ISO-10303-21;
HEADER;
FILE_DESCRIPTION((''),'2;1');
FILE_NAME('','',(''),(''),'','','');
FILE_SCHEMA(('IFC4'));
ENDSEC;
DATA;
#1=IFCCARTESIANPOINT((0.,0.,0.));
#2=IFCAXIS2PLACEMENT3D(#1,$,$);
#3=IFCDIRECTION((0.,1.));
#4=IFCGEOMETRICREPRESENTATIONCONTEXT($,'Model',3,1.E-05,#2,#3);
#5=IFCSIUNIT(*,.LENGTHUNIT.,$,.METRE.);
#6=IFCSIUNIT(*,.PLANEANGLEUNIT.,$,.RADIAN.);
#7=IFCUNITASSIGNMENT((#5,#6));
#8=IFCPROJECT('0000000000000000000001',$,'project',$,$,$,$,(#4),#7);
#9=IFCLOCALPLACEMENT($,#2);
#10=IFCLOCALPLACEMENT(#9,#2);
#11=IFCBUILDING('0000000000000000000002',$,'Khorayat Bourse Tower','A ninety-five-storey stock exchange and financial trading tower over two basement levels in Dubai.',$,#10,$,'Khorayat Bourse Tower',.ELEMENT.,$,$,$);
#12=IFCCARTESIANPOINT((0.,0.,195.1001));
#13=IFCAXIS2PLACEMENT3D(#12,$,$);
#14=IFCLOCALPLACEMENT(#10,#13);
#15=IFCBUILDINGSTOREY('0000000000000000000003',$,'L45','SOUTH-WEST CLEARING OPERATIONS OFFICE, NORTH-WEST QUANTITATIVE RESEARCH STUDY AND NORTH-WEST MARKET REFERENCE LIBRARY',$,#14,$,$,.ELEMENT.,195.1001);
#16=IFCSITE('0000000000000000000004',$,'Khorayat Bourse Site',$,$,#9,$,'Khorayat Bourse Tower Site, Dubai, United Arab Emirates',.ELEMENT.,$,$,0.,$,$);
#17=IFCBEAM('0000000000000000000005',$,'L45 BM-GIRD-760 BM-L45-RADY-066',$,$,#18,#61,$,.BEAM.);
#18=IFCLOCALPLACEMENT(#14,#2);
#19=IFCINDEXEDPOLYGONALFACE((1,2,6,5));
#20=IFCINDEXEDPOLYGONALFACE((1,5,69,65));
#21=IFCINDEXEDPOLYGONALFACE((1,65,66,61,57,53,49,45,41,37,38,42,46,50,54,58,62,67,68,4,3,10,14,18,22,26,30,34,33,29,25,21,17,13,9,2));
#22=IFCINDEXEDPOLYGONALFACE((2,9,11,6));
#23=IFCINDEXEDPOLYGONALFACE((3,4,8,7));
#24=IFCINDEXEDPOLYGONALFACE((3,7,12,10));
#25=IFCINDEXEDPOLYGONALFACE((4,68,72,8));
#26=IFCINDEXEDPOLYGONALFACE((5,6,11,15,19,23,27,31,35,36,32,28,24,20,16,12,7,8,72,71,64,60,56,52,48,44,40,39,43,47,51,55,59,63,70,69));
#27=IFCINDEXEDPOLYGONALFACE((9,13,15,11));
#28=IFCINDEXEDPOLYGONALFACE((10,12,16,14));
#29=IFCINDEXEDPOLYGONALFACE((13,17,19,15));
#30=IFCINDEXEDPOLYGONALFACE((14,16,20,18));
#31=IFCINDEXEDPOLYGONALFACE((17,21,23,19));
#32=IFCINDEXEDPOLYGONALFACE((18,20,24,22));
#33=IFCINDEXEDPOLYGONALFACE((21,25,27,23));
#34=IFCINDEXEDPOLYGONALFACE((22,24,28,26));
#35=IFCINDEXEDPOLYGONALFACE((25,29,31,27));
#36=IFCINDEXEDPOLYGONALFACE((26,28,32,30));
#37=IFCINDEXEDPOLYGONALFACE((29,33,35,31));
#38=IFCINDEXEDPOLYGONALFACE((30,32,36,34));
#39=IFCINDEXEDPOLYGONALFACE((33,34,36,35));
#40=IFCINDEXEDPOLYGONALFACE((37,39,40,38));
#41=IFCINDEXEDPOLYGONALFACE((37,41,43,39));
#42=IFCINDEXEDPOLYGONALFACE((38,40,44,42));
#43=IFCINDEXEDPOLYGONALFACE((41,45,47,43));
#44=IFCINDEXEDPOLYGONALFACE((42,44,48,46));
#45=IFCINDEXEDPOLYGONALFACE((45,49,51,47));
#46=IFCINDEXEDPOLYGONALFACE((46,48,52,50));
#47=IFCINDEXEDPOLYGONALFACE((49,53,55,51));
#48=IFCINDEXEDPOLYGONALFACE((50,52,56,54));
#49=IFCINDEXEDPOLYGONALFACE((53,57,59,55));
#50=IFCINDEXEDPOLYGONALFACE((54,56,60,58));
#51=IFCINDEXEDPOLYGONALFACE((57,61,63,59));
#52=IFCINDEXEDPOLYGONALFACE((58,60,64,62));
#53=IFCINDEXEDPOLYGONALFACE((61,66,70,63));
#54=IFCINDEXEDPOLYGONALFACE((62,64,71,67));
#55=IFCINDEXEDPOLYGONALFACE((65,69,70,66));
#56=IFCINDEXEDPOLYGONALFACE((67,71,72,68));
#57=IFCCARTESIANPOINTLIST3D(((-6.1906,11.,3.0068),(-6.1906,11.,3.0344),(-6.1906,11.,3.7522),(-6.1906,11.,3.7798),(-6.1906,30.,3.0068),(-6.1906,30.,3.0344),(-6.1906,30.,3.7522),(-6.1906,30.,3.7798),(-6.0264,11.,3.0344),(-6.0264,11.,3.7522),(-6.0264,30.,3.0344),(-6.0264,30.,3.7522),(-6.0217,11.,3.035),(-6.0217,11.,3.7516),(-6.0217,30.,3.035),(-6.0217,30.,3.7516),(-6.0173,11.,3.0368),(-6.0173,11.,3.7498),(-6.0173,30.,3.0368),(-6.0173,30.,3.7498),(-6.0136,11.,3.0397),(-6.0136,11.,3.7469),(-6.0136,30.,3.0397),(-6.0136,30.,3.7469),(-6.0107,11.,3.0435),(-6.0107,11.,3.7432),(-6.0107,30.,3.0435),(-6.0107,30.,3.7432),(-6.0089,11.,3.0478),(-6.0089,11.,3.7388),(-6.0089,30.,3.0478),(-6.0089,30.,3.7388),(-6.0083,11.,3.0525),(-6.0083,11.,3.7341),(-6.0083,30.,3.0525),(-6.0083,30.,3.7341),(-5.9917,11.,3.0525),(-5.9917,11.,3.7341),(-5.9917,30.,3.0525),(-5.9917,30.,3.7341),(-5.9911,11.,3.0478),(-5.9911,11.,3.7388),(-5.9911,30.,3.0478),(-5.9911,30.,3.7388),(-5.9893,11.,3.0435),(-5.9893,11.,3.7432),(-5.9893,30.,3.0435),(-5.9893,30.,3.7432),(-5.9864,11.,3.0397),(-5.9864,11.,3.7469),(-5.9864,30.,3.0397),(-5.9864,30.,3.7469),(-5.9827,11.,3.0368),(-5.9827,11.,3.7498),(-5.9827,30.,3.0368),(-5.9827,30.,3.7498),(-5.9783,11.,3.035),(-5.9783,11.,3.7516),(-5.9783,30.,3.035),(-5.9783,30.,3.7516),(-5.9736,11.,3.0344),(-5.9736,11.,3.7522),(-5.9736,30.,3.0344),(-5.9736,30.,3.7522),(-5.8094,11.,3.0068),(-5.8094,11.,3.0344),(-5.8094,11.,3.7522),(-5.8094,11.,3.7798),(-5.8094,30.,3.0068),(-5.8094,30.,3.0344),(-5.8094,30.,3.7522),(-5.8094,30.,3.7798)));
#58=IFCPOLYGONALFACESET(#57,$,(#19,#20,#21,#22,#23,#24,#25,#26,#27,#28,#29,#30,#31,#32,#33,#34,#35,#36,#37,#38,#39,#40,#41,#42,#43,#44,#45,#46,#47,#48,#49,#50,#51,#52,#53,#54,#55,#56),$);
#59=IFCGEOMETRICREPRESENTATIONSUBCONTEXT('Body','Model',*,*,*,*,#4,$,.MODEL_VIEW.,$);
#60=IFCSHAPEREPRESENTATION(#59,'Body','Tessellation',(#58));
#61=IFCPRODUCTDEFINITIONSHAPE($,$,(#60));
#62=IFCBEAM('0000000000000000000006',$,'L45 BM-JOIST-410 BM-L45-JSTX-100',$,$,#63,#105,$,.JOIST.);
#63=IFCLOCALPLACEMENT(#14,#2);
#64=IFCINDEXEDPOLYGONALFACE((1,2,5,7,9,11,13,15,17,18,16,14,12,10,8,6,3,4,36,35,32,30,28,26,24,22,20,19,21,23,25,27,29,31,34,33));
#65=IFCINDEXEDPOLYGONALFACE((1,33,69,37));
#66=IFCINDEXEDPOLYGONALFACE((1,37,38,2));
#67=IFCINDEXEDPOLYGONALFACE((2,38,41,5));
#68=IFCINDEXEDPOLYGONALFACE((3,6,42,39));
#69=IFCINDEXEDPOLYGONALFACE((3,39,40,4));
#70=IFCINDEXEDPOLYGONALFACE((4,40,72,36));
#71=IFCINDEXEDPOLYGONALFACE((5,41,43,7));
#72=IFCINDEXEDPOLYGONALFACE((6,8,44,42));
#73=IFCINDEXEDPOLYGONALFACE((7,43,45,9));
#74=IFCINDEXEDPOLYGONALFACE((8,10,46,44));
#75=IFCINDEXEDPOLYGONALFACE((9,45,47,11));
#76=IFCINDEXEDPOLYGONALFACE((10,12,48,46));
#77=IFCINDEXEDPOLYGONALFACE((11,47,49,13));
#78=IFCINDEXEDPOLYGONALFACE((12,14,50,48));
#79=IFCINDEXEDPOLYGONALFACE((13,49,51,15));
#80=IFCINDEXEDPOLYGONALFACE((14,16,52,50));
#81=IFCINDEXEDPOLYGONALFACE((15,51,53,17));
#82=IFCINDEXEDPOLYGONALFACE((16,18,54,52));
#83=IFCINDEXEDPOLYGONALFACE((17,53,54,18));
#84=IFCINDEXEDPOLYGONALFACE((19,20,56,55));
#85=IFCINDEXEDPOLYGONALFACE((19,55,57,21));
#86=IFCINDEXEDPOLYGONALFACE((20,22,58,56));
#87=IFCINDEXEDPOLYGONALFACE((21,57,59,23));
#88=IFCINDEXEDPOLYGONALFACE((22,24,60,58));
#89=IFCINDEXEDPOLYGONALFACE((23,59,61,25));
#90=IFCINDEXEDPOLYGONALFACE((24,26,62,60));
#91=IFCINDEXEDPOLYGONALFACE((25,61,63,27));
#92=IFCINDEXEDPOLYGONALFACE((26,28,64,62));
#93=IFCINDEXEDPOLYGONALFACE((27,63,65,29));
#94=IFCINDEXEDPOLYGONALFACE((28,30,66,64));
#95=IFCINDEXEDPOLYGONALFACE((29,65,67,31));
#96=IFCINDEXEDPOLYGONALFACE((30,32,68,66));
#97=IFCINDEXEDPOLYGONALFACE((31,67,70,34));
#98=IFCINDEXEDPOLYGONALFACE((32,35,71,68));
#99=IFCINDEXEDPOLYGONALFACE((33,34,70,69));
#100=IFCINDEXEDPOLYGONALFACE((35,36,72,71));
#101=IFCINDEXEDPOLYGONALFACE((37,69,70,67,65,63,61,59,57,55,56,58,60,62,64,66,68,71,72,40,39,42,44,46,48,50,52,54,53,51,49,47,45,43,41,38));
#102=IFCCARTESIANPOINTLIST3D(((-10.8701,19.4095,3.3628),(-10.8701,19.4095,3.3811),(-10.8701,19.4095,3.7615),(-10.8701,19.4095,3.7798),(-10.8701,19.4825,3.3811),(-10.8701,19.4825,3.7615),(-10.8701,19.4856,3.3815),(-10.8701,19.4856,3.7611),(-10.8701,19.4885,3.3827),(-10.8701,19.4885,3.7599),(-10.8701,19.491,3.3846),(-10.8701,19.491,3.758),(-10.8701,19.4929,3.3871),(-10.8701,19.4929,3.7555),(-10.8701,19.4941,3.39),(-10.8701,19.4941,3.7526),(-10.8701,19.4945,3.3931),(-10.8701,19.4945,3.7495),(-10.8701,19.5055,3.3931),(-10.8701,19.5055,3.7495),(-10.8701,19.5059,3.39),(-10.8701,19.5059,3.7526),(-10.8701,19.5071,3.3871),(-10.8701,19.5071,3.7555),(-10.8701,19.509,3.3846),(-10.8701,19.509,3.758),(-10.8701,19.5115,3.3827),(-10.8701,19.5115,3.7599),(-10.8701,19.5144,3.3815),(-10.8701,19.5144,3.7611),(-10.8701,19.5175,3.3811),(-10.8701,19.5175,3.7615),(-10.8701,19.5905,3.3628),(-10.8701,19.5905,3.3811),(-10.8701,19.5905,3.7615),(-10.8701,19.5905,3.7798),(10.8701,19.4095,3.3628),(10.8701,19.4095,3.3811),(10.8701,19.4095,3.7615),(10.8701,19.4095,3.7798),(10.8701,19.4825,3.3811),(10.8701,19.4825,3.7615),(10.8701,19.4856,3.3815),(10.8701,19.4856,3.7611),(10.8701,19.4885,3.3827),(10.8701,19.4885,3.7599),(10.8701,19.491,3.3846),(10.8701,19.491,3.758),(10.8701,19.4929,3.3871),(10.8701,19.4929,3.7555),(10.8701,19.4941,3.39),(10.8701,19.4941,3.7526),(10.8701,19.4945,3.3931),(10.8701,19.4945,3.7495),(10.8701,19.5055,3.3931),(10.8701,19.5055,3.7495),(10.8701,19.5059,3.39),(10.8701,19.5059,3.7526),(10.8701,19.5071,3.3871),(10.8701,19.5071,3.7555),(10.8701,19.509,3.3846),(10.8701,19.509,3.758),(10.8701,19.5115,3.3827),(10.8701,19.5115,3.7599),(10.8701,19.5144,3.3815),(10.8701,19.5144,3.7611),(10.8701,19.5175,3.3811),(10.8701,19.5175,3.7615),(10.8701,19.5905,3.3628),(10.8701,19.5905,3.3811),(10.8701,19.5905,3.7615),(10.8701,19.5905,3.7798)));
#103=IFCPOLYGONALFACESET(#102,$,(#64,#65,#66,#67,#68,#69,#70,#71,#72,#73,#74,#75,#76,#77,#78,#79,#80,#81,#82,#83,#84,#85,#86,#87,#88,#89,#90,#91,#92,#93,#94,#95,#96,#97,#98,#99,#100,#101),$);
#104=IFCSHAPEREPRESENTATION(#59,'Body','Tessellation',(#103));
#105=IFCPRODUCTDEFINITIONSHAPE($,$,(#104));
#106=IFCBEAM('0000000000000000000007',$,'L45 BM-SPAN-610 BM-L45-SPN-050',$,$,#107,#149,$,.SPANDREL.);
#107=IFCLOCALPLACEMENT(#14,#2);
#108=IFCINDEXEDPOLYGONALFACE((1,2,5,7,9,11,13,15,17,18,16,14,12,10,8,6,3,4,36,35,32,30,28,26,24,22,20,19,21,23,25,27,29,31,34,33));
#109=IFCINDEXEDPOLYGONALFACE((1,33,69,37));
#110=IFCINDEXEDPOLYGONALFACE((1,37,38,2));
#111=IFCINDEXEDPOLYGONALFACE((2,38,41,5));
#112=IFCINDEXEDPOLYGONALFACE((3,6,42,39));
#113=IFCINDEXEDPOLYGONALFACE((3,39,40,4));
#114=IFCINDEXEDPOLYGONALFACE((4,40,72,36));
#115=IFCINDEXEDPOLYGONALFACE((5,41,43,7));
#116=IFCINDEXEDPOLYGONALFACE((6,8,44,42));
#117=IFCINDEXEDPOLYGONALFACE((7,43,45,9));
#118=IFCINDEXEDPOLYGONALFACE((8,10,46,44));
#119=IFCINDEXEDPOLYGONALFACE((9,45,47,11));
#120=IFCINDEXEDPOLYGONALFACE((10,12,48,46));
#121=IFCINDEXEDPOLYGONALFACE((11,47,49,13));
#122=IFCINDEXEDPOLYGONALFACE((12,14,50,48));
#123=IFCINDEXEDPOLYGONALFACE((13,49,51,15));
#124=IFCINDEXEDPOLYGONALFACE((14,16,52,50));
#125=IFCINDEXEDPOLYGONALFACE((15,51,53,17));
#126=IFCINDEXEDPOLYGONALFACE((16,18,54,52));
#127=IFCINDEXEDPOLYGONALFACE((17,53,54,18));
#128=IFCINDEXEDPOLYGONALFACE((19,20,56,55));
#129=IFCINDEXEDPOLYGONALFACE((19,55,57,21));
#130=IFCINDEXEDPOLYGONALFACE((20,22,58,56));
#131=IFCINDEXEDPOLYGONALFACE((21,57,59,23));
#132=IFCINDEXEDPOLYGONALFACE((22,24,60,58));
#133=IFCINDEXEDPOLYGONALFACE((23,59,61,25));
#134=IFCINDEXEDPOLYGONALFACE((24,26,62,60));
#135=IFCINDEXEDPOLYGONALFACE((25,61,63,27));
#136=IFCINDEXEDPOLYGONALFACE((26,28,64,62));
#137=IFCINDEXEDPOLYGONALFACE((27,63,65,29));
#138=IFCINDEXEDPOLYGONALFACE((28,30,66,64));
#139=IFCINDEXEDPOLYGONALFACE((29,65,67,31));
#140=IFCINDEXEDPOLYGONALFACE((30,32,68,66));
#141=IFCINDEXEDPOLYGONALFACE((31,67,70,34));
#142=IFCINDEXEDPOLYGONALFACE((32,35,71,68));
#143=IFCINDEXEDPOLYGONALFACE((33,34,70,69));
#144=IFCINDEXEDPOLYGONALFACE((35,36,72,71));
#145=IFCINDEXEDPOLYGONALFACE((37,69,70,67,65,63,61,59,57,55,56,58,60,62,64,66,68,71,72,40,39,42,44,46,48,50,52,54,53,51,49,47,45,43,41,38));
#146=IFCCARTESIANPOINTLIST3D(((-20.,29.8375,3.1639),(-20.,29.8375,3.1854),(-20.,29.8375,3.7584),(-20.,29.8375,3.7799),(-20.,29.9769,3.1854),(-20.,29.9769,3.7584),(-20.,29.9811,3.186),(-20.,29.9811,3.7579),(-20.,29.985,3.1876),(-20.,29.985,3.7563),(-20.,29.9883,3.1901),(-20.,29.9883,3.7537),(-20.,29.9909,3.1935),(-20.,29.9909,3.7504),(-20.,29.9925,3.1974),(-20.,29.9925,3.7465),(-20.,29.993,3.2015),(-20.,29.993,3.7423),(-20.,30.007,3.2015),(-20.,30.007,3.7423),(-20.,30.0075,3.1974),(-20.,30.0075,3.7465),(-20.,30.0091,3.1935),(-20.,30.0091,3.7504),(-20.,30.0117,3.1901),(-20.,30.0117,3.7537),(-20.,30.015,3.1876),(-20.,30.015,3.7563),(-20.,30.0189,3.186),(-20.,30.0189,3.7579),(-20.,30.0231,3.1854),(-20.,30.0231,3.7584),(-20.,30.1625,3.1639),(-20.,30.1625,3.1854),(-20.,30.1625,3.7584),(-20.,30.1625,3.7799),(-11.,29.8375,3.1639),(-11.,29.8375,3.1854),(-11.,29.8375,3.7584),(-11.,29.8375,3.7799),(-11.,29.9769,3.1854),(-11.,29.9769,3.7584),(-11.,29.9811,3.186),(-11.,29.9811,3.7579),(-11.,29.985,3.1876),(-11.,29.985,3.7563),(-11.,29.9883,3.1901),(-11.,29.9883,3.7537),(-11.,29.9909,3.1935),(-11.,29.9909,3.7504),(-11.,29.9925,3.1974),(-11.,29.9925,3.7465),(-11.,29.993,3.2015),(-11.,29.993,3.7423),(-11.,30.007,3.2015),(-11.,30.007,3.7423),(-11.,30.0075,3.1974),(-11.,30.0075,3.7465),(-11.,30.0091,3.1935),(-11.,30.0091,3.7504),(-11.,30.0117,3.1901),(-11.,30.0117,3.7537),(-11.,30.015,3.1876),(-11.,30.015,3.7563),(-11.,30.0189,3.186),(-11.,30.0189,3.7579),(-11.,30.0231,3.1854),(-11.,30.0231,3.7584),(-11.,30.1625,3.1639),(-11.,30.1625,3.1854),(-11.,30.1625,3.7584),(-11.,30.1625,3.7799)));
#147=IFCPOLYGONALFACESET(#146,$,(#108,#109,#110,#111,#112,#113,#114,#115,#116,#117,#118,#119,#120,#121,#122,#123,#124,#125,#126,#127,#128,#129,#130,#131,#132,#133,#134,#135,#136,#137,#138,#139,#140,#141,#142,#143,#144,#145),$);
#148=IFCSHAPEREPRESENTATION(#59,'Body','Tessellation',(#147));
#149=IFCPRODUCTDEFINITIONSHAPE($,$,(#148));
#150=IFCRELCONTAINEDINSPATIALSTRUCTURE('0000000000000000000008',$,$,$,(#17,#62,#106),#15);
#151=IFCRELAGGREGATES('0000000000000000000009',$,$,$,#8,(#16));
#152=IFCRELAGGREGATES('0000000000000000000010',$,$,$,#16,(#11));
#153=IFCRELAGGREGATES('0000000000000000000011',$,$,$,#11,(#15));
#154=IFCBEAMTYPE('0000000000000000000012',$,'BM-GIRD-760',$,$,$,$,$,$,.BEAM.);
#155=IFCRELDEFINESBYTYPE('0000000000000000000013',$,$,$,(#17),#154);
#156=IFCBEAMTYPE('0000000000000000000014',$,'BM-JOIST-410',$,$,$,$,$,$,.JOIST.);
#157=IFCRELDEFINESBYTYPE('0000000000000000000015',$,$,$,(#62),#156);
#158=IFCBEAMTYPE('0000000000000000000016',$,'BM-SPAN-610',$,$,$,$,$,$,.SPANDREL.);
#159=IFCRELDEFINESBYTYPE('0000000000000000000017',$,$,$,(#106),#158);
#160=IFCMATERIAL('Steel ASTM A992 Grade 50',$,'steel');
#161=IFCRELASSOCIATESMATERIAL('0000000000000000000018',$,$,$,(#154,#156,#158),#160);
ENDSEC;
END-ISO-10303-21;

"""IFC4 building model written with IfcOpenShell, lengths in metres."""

from ifc_helpers import new_model, si_unit, direction, frame, origin, origin_2d, place, context, subcontext, project, spatial, i_section, extrude, source, transform, mapped, material, material_profile, profile_set, type_object, element, save


model = new_model("IFC4")

# Units and contexts
model_context = context("Model", 3, precision=1e-05, world=origin(), true_north=direction((0.0, 1.0)))
body_context = subcontext(model_context, "Body", "Model", "MODEL_VIEW")
ifc_project = project(units=[si_unit("LENGTHUNIT", "METRE"), si_unit("PLANEANGLEUNIT", "RADIAN")], contexts=[model_context])

# Site, building, storey
site_placement = place(None, origin())
site = spatial("IfcSite", under=ifc_project, at=site_placement, Name="Khorayat Bourse Site", LongName="Khorayat Bourse Tower Site, Dubai, United Arab Emirates", CompositionType="ELEMENT", RefElevation=0.0)
building_placement = place(site_placement, origin())
building = spatial("IfcBuilding", under=site, at=building_placement, Name="Khorayat Bourse Tower", Description="A ninety-five-storey stock exchange and financial trading tower over two basement levels in Dubai.", LongName="Khorayat Bourse Tower", CompositionType="ELEMENT")
storey_placement = place(building_placement, frame((0.0, 0.0, 195.1001)))
storey = spatial("IfcBuildingStorey", under=building, at=storey_placement, Name="L45", Description="SOUTH-WEST CLEARING OPERATIONS OFFICE, NORTH-WEST QUANTITATIVE RESEARCH STUDY AND NORTH-WEST MARKET REFERENCE LIBRARY", CompositionType="ELEMENT", Elevation=195.1001)

# Beams
ifc_material_1 = material(Name="Steel ASTM A992 Grade 50", Category="steel")
ifc_material_profile_1 = material_profile(ifc_material_1, i_section(OverallWidth=0.3811, OverallDepth=0.7729, WebThickness=0.0166, FlangeThickness=0.0276, FilletRadius=0.0181, at=origin_2d()), Name="W760X257")
ifc_profile_set_1 = profile_set([ifc_material_profile_1], Name="Steel ASTM A992 Grade 50")
beam_type_1 = type_object("IfcBeamType", Name="BM-GIRD-760", PredefinedType="BEAM", material=ifc_profile_set_1)
shared_shape_1 = source(origin(), body_context, "Body", "SweptSolid", [
    extrude(i_section(OverallWidth=0.3811, OverallDepth=0.7729, WebThickness=0.0166, FlangeThickness=0.0276, FilletRadius=0.0181, at=origin_2d()), origin(), (0.0, 0.0, 1.0), 19.0),
])
for number, where, z_axis, x_axis, name in (
    (1, (-6.0, 11.0, 3.3933), (0.0, 1.0, 0.0), (-1.0, 0.0, 0.0), "L45 BM-GIRD-760 BM-L45-RADY-066"),
):
    element("IfcBeam", number, at=place(storey_placement, frame(where, z_axis=z_axis, x_axis=x_axis)), inside=storey, type_object=beam_type_1, Name=name, PredefinedType="BEAM", context=body_context, shape_type="MappedRepresentation", body=[
        mapped(shared_shape_1, transform((0.0, 0.0, 0.0), scale=1.0)),
    ])
ifc_material_profile_2 = material_profile(ifc_material_1, i_section(OverallWidth=0.1809, OverallDepth=0.417, WebThickness=0.011, FlangeThickness=0.0183, FilletRadius=0.012, at=origin_2d()), Name="W410X85")
ifc_profile_set_2 = profile_set([ifc_material_profile_2], Name="Steel ASTM A992 Grade 50")
beam_type_2 = type_object("IfcBeamType", Name="BM-JOIST-410", PredefinedType="JOIST", material=ifc_profile_set_2)
shared_shape_2 = source(origin(), body_context, "Body", "SweptSolid", [
    extrude(i_section(OverallWidth=0.1809, OverallDepth=0.417, WebThickness=0.011, FlangeThickness=0.0183, FilletRadius=0.012, at=origin_2d()), origin(), (0.0, 0.0, 1.0), 21.7402),
])
beam_1_placement = place(storey_placement, frame((-10.8701, 19.5, 3.5713), z_axis=(1.0, 0.0, 0.0), x_axis=(0.0, 1.0, 0.0)))
element("IfcBeam", 2, at=beam_1_placement, inside=storey, type_object=beam_type_2, Name="L45 BM-JOIST-410 BM-L45-JSTX-100", PredefinedType="JOIST", context=body_context, shape_type="MappedRepresentation", body=[
    mapped(shared_shape_2, transform((0.0, 0.0, 0.0), scale=1.0)),
])
ifc_material_profile_3 = material_profile(ifc_material_1, i_section(OverallWidth=0.325, OverallDepth=0.616, WebThickness=0.0139, FlangeThickness=0.0215, FilletRadius=0.0161, at=origin_2d()), Name="W610X174")
ifc_profile_set_3 = profile_set([ifc_material_profile_3], Name="Steel ASTM A992 Grade 50")
beam_type_3 = type_object("IfcBeamType", Name="BM-SPAN-610", PredefinedType="SPANDREL", material=ifc_profile_set_3)
shared_shape_3 = source(origin(), body_context, "Body", "SweptSolid", [
    extrude(i_section(OverallWidth=0.325, OverallDepth=0.616, WebThickness=0.0139, FlangeThickness=0.0215, FilletRadius=0.0161, at=origin_2d()), origin(), (0.0, 0.0, 1.0), 9.0),
])
beam_2_placement = place(storey_placement, frame((-20.0, 30.0, 3.4719), z_axis=(1.0, 0.0, 0.0), x_axis=(0.0, 1.0, 0.0)))
element("IfcBeam", 3, at=beam_2_placement, inside=storey, type_object=beam_type_3, Name="L45 BM-SPAN-610 BM-L45-SPN-050", PredefinedType="SPANDREL", context=body_context, shape_type="MappedRepresentation", body=[
    mapped(shared_shape_3, transform((0.0, 0.0, 0.0), scale=1.0)),
])

save(model, "model.ifc")
